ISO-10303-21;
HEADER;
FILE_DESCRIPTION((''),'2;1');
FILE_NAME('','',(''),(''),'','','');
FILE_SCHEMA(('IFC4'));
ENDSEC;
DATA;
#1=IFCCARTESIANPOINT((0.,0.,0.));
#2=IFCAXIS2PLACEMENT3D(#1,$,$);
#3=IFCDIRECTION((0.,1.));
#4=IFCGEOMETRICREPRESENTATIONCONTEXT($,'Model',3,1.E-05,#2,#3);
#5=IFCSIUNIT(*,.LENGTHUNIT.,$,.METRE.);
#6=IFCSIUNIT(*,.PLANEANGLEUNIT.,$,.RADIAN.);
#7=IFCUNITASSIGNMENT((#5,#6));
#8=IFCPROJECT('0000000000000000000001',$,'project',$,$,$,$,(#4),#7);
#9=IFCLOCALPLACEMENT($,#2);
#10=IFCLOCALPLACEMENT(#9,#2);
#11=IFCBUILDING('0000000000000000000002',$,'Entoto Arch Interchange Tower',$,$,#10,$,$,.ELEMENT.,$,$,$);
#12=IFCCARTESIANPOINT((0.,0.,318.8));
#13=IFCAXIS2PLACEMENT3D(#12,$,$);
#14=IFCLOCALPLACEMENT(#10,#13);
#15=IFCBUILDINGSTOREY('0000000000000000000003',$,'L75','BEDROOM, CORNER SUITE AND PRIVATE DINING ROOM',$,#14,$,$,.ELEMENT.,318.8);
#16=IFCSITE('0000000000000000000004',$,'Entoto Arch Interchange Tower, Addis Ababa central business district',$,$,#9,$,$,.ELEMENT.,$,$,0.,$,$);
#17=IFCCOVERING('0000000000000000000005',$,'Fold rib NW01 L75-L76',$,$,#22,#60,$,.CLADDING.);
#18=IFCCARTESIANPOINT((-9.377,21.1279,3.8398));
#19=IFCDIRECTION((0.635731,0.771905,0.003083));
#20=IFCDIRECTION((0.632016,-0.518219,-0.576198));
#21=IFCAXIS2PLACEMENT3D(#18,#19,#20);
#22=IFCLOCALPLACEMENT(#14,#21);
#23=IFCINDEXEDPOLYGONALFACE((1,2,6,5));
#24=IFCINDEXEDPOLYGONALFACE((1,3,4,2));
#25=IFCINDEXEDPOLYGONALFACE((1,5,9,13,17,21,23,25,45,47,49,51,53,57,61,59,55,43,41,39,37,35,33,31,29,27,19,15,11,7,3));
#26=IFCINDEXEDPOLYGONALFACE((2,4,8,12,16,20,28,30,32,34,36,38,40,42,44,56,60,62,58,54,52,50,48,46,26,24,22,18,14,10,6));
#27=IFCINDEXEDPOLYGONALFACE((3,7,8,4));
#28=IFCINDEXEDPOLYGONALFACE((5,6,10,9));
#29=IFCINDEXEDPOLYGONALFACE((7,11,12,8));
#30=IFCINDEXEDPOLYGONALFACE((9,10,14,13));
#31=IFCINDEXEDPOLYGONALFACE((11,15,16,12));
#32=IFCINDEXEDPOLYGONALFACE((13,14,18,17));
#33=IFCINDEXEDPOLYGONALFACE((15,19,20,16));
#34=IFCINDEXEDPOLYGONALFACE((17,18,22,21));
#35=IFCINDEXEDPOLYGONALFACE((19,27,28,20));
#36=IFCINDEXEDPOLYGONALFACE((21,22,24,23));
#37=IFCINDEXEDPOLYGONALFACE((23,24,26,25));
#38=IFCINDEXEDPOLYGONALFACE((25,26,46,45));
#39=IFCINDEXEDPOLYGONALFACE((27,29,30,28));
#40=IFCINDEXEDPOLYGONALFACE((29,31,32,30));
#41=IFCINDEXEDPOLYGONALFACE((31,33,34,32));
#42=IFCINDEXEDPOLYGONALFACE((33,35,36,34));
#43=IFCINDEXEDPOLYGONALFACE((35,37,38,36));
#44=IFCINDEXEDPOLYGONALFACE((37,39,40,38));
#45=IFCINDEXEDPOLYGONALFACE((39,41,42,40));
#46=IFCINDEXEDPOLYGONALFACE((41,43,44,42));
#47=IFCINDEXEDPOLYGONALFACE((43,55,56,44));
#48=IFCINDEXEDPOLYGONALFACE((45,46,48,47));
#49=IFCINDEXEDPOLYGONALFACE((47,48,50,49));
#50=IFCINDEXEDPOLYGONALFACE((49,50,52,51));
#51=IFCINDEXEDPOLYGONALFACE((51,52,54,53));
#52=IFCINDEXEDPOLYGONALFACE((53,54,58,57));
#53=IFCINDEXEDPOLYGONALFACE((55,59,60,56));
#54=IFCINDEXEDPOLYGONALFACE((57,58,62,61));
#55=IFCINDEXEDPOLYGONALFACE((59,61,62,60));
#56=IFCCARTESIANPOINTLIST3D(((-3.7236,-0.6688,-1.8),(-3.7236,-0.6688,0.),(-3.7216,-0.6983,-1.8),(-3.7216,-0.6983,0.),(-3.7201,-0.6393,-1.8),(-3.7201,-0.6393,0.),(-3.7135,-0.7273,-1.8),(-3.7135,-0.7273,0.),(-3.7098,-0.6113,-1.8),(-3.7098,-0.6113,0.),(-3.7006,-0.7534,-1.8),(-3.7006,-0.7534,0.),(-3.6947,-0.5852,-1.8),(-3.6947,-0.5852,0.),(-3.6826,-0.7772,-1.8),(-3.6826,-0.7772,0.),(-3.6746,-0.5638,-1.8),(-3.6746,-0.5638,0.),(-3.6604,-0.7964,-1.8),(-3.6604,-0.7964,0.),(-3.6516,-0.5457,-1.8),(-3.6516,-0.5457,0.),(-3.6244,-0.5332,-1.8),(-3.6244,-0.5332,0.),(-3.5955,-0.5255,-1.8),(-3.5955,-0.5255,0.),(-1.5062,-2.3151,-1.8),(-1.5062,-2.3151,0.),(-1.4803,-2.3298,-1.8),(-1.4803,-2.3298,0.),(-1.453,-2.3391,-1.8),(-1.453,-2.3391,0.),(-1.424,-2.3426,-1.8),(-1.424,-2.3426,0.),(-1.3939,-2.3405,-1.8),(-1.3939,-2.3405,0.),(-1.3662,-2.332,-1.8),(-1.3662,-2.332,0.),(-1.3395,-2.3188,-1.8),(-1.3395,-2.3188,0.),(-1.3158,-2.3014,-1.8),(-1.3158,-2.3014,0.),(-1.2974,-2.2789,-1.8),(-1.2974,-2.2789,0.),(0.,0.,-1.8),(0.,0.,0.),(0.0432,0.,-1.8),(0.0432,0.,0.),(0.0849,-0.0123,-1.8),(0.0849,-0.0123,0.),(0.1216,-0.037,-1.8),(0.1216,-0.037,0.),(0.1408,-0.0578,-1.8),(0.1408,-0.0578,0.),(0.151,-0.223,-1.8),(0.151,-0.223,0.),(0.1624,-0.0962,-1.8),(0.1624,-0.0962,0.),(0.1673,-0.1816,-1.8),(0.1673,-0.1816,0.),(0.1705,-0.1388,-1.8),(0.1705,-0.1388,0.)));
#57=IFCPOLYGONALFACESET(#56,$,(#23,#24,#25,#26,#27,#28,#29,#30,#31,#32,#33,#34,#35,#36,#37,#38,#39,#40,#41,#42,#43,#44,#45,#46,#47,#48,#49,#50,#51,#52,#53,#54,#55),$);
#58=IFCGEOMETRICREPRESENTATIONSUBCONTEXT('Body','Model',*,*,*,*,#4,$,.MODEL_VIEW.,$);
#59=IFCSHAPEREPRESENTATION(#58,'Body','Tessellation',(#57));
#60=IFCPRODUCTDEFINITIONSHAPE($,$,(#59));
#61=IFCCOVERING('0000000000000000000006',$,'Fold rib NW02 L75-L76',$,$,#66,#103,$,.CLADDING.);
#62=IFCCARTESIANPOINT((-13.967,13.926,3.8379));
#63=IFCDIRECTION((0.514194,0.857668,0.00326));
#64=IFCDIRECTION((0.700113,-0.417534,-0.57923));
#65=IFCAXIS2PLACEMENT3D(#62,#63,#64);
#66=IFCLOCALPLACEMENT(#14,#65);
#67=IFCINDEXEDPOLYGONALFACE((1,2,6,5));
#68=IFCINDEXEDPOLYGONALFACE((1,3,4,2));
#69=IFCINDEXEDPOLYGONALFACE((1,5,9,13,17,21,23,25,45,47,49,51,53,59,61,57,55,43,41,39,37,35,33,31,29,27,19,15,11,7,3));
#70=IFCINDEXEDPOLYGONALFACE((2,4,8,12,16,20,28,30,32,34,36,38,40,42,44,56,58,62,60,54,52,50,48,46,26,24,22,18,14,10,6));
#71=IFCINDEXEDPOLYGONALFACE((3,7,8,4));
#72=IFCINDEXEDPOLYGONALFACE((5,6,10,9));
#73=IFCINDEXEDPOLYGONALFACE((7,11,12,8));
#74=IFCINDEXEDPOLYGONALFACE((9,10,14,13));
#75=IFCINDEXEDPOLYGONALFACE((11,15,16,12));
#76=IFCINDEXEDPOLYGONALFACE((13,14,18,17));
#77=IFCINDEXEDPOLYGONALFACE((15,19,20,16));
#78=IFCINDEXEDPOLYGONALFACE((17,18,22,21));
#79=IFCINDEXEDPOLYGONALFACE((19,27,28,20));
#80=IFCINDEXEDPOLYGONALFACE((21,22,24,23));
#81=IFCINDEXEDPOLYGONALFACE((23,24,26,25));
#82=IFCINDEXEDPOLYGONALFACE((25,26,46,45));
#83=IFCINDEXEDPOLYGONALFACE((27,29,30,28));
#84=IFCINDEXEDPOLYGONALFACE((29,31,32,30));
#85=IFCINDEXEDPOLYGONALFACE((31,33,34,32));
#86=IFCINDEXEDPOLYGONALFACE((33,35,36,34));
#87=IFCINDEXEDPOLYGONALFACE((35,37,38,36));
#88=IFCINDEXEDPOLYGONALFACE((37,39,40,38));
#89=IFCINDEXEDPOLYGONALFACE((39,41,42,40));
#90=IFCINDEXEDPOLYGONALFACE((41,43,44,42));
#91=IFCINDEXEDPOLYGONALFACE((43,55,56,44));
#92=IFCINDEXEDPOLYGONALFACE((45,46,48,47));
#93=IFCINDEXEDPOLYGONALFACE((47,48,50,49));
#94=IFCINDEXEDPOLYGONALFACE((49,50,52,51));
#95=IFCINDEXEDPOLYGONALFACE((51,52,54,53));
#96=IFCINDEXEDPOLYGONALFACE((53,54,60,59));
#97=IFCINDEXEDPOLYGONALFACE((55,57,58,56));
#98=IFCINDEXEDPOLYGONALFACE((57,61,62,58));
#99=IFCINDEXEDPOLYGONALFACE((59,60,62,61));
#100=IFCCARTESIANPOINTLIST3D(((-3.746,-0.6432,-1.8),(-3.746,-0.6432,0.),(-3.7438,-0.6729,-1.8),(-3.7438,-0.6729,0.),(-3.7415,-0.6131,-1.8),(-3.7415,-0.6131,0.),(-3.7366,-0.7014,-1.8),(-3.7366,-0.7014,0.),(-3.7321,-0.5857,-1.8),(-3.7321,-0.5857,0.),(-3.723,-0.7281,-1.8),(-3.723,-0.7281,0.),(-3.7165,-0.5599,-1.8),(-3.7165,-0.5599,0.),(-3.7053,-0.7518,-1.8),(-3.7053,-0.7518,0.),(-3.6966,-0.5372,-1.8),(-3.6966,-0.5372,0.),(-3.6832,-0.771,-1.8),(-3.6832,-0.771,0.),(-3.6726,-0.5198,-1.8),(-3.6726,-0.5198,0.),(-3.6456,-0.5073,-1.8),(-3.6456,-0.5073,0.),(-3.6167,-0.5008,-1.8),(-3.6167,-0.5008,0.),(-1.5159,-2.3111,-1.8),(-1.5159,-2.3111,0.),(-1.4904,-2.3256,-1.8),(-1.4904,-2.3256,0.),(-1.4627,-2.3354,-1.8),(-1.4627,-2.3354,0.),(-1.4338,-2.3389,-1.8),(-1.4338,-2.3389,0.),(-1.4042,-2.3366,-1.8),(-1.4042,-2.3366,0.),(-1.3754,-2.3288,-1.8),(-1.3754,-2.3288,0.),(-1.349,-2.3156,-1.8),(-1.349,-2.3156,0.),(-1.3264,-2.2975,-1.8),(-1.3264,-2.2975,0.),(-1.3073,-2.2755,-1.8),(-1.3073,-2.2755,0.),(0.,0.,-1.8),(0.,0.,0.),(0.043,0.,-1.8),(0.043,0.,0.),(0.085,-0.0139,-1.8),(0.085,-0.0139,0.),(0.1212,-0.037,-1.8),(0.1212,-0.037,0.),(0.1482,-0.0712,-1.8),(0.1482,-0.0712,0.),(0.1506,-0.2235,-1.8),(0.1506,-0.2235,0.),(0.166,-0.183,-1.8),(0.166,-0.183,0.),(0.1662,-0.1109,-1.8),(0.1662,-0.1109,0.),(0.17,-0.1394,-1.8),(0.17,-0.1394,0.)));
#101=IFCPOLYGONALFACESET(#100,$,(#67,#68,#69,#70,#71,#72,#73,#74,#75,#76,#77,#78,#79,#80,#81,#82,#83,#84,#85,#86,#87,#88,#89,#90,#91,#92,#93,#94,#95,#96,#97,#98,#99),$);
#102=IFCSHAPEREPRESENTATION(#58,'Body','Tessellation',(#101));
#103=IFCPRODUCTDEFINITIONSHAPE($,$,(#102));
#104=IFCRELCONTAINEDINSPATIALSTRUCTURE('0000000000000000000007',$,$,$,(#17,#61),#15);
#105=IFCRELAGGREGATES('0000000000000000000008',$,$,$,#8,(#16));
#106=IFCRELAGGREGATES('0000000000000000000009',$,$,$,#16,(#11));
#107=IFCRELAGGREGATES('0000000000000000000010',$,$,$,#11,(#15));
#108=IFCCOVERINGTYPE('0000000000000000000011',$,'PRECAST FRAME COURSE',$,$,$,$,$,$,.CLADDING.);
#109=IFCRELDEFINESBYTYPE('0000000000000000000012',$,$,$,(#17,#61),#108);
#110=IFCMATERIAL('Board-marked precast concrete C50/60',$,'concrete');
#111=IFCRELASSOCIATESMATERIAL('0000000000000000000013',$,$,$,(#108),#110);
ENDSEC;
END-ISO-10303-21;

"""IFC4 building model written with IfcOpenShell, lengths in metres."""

from ifc_helpers import new_model, si_unit, direction, frame, origin, place, context, subcontext, project, spatial, polyline, outline, extrude, material, type_object, element, save


model = new_model("IFC4")

# Units and contexts
model_context = context("Model", 3, precision=1e-05, world=origin(), true_north=direction((0.0, 1.0)))
body_context = subcontext(model_context, "Body", "Model", "MODEL_VIEW")
ifc_project = project(units=[si_unit("LENGTHUNIT", "METRE"), si_unit("PLANEANGLEUNIT", "RADIAN")], contexts=[model_context])

# Site, building, storey
site_placement = place(None, origin())
site = spatial("IfcSite", under=ifc_project, at=site_placement, Name="Entoto Arch Interchange Tower, Addis Ababa central business district", CompositionType="ELEMENT", RefElevation=0.0)
building_placement = place(site_placement, origin())
building = spatial("IfcBuilding", under=site, at=building_placement, Name="Entoto Arch Interchange Tower", CompositionType="ELEMENT")
storey_placement = place(building_placement, frame((0.0, 0.0, 318.8)))
storey = spatial("IfcBuildingStorey", under=building, at=storey_placement, Name="L75", Description="BEDROOM, CORNER SUITE AND PRIVATE DINING ROOM", CompositionType="ELEMENT", Elevation=318.8)

# Coverings
ifc_material_1 = material(Name="Board-marked precast concrete C50/60", Category="concrete")
covering_type = type_object("IfcCoveringType", Name="PRECAST FRAME COURSE", PredefinedType="CLADDING", material=ifc_material_1)
covering_1_placement = place(storey_placement, frame((-9.377, 21.1279, 3.8398), z_axis=(0.635731, 0.771905, 0.003083), x_axis=(0.632016, -0.518219, -0.576198)))
element("IfcCovering", 1, at=covering_1_placement, inside=storey, type_object=covering_type, Name="Fold rib NW01 L75-L76", PredefinedType="CLADDING", context=body_context, shape_type="SweptSolid", body=[
    extrude(outline(polyline([(0.0, 0.0), (0.0432, 0.0), (0.0849, -0.0123), (0.1216, -0.037), (0.1408, -0.0578), (0.1624, -0.0962), (0.1705, -0.1388), (0.1673, -0.1816), (0.151, -0.223), (-1.2974, -2.2789), (-1.3158, -2.3014), (-1.3395, -2.3188), (-1.3662, -2.332), (-1.3939, -2.3405), (-1.424, -2.3426), (-1.453, -2.3391), (-1.4803, -2.3298), (-1.5062, -2.3151), (-3.6604, -0.7964), (-3.6826, -0.7772), (-3.7006, -0.7534), (-3.7135, -0.7273), (-3.7216, -0.6983), (-3.7236, -0.6688), (-3.7201, -0.6393), (-3.7098, -0.6113), (-3.6947, -0.5852), (-3.6746, -0.5638), (-3.6516, -0.5457), (-3.6244, -0.5332), (-3.5955, -0.5255), (0.0, 0.0)])), origin(), (0.0, 0.0, -1.0), 1.8),
])
covering_2_placement = place(storey_placement, frame((-13.967, 13.926, 3.8379), z_axis=(0.514194, 0.857668, 0.00326), x_axis=(0.700113, -0.417534, -0.57923)))
element("IfcCovering", 2, at=covering_2_placement, inside=storey, type_object=covering_type, Name="Fold rib NW02 L75-L76", PredefinedType="CLADDING", context=body_context, shape_type="SweptSolid", body=[
    extrude(outline(polyline([(0.0, 0.0), (0.043, 0.0), (0.085, -0.0139), (0.1212, -0.037), (0.1482, -0.0712), (0.1662, -0.1109), (0.17, -0.1394), (0.166, -0.183), (0.1506, -0.2235), (-1.3073, -2.2755), (-1.3264, -2.2975), (-1.349, -2.3156), (-1.3754, -2.3288), (-1.4042, -2.3366), (-1.4338, -2.3389), (-1.4627, -2.3354), (-1.4904, -2.3256), (-1.5159, -2.3111), (-3.6832, -0.771), (-3.7053, -0.7518), (-3.723, -0.7281), (-3.7366, -0.7014), (-3.7438, -0.6729), (-3.746, -0.6432), (-3.7415, -0.6131), (-3.7321, -0.5857), (-3.7165, -0.5599), (-3.6966, -0.5372), (-3.6726, -0.5198), (-3.6456, -0.5073), (-3.6167, -0.5008), (0.0, 0.0)])), origin(), (0.0, 0.0, -1.0), 1.8),
])

save(model, "model.ifc")
